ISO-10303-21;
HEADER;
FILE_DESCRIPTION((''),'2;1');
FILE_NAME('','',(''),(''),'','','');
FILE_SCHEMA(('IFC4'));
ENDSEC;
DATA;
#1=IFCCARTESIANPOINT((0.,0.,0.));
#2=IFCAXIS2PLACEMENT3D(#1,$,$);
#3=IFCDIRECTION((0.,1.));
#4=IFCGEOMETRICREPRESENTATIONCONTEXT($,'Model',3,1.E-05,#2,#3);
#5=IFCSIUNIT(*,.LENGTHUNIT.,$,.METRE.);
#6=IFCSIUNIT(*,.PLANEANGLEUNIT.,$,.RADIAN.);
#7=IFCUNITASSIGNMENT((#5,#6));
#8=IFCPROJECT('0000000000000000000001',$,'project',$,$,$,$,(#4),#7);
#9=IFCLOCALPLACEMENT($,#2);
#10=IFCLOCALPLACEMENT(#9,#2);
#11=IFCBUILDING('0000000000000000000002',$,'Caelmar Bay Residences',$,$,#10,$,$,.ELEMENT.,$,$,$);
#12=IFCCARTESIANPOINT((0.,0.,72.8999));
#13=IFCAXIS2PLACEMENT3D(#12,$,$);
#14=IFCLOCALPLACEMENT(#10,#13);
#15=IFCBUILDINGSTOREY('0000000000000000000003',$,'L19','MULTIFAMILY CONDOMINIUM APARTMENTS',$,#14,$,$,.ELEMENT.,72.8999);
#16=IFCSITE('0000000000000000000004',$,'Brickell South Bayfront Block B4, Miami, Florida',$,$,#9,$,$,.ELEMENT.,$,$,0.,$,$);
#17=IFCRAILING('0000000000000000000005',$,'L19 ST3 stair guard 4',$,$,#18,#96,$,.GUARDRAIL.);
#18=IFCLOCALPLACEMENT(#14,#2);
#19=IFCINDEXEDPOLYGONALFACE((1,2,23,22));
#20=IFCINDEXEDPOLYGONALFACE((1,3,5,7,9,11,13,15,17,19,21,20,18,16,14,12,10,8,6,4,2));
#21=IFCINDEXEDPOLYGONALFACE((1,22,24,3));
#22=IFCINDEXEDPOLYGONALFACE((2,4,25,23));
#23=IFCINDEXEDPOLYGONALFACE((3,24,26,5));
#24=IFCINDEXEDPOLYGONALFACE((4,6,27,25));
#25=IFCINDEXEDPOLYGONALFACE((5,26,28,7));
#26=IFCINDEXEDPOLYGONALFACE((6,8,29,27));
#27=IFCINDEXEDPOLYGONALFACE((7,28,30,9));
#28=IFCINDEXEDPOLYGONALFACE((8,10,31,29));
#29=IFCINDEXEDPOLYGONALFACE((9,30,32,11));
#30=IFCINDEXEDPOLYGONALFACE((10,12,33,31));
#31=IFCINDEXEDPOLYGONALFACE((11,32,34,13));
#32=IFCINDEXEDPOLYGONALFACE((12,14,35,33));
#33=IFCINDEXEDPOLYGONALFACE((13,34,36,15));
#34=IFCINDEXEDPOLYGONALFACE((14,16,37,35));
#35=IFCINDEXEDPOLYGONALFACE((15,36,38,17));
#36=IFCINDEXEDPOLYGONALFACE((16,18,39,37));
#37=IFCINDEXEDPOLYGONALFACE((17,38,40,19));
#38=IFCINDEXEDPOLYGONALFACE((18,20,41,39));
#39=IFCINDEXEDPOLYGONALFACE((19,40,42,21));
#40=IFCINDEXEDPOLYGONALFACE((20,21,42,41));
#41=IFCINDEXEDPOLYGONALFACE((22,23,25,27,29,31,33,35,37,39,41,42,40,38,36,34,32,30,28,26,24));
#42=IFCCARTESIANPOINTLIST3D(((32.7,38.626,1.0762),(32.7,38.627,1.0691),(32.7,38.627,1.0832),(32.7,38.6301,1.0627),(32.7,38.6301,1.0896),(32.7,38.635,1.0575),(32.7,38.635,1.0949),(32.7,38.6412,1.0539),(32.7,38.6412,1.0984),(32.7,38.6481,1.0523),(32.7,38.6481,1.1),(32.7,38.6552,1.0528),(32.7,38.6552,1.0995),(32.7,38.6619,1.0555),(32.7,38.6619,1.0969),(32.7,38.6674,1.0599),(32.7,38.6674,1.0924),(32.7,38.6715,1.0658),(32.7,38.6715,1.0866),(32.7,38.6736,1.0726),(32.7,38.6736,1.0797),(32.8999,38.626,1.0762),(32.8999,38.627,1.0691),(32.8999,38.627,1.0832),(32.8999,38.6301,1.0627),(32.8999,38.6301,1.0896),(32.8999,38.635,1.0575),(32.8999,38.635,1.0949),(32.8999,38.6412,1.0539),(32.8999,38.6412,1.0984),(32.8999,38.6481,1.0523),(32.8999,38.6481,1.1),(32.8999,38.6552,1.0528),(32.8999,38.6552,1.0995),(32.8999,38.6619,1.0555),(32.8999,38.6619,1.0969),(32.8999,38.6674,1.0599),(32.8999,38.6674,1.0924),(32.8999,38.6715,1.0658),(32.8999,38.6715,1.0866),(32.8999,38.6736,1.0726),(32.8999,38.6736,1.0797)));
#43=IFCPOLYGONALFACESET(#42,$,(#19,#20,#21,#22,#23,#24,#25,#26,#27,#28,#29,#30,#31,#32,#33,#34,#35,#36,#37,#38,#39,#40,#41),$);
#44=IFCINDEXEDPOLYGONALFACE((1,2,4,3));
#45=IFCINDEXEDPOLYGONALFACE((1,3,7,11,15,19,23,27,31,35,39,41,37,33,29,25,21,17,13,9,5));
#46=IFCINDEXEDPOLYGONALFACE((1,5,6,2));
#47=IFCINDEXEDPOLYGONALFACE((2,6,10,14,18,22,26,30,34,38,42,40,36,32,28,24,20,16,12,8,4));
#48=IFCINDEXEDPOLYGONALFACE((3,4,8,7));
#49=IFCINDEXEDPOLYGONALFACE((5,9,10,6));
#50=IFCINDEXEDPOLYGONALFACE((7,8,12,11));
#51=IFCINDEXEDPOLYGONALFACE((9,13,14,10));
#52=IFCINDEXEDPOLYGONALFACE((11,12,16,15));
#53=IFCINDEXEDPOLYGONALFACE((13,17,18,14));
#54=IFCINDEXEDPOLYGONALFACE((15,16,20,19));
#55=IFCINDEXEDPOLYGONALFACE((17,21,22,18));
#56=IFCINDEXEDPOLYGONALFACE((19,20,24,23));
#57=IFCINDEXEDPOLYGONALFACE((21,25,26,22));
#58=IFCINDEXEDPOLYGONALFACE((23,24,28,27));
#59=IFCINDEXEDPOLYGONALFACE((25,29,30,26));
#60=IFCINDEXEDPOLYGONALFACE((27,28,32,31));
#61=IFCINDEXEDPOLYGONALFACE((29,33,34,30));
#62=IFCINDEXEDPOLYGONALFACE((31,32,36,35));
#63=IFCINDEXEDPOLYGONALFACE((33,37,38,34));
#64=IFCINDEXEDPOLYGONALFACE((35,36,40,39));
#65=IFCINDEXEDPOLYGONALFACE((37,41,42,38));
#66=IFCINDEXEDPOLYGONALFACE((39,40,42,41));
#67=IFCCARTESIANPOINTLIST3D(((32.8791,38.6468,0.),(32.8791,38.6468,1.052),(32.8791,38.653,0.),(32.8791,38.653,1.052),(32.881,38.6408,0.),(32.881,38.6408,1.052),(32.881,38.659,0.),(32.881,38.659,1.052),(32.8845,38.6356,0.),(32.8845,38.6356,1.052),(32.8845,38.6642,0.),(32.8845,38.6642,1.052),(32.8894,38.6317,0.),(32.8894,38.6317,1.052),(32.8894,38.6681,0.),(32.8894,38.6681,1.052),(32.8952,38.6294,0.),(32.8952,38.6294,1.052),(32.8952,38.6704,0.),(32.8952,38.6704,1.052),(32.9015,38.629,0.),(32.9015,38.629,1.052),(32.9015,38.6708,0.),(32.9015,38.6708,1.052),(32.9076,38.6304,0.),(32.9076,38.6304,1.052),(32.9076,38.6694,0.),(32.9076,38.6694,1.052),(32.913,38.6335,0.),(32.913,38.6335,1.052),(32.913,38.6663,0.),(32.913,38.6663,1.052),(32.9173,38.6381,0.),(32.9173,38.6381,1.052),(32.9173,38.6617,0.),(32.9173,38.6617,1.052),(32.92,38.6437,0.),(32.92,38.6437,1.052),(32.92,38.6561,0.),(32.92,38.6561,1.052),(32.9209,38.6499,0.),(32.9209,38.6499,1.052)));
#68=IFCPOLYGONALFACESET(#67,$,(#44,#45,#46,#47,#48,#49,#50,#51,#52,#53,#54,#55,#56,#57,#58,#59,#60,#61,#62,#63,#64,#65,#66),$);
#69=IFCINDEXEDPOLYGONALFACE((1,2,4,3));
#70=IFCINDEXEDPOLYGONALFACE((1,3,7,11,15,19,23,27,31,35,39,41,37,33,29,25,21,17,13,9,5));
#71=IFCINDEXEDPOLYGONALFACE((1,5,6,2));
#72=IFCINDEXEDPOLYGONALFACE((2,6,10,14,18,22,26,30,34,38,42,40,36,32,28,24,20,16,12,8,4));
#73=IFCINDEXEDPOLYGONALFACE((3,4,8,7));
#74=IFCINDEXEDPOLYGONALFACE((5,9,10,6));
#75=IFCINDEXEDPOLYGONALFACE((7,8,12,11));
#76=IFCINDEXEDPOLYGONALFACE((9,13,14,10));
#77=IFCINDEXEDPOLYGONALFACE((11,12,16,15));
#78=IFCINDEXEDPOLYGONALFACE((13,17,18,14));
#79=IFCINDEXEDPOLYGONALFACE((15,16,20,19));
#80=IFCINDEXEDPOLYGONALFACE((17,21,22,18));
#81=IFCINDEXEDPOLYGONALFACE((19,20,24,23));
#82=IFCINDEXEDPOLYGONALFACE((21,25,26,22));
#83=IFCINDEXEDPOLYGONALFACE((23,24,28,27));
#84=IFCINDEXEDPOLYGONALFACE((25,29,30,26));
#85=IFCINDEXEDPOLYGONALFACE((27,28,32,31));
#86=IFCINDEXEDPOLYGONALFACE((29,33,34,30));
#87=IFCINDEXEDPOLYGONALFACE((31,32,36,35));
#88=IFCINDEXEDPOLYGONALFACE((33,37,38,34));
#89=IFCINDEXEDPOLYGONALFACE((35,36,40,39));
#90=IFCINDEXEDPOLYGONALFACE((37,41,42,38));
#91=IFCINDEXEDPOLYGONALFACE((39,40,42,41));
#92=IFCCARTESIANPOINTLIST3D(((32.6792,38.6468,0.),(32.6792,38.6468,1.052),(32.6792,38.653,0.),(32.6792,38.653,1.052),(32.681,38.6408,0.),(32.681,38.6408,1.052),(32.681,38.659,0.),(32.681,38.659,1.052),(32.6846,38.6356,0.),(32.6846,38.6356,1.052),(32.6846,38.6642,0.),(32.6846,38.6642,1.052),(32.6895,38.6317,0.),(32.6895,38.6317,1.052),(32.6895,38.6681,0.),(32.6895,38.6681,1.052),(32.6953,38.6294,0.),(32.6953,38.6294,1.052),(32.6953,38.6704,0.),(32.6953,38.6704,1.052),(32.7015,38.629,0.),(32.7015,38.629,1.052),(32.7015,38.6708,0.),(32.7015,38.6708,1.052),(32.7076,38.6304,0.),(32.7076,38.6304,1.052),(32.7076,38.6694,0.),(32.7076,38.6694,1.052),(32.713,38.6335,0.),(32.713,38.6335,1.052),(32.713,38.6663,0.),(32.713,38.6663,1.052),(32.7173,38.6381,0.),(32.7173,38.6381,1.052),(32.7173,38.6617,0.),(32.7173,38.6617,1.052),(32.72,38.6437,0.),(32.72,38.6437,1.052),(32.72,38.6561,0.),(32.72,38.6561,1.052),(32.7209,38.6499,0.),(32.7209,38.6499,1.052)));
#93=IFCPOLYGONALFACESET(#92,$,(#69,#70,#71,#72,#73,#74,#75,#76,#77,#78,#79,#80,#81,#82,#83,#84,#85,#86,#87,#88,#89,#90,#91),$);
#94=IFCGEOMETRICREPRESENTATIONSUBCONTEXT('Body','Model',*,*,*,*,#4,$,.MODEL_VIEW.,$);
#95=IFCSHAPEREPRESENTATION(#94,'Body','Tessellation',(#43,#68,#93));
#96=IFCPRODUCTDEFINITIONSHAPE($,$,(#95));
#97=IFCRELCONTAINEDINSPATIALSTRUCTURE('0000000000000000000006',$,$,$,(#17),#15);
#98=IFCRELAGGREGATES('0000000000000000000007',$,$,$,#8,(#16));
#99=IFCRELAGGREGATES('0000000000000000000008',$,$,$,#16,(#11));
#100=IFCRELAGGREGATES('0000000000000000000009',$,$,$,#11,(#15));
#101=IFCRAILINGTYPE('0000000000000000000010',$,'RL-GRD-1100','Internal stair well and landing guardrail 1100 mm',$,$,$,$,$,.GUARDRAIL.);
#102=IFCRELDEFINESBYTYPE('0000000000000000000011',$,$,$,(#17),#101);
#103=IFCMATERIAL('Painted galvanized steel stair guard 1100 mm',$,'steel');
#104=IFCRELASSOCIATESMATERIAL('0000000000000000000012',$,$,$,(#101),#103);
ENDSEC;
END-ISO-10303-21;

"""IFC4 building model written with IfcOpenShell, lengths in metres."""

from ifc_helpers import new_model, si_unit, direction, frame, origin, origin_2d, place, context, subcontext, project, spatial, circle, extrude, material, type_object, element, save


model = new_model("IFC4")

# Units and contexts
model_context = context("Model", 3, precision=1e-05, world=origin(), true_north=direction((0.0, 1.0)))
body_context = subcontext(model_context, "Body", "Model", "MODEL_VIEW")
ifc_project = project(units=[si_unit("LENGTHUNIT", "METRE"), si_unit("PLANEANGLEUNIT", "RADIAN")], contexts=[model_context])

# Site, building, storey
site_placement = place(None, origin())
site = spatial("IfcSite", under=ifc_project, at=site_placement, Name="Brickell South Bayfront Block B4, Miami, Florida", CompositionType="ELEMENT", RefElevation=0.0)
building_placement = place(site_placement, origin())
building = spatial("IfcBuilding", under=site, at=building_placement, Name="Caelmar Bay Residences", CompositionType="ELEMENT")
storey_placement = place(building_placement, frame((0.0, 0.0, 72.8999)))
storey = spatial("IfcBuildingStorey", under=building, at=storey_placement, Name="L19", Description="MULTIFAMILY CONDOMINIUM APARTMENTS", CompositionType="ELEMENT", Elevation=72.8999)

# Railing
ifc_material_1 = material(Name="Painted galvanized steel stair guard 1100 mm", Category="steel")
railing_type_1 = type_object("IfcRailingType", Name="RL-GRD-1100", Description="Internal stair well and landing guardrail 1100 mm", PredefinedType="GUARDRAIL", material=ifc_material_1)
railing_1_placement = place(storey_placement, frame((32.8999, 38.6499, 0.0)))
element("IfcRailing", 1, at=railing_1_placement, inside=storey, type_object=railing_type_1, Name="L19 ST3 stair guard 4", PredefinedType="GUARDRAIL", context=body_context, shape_type="SweptSolid", body=[
    extrude(circle(Radius=0.0239, at=origin_2d()), frame((0.0, 0.0, 1.0762), z_axis=(-1.0, 0.0, 0.0), x_axis=(0.0, -1.0, 0.0)), (0.0, 0.0, 1.0), 0.2),
    extrude(circle(Radius=0.021, at=origin_2d()), origin(), (0.0, 0.0, 1.0), 1.052),
    extrude(circle(Radius=0.021, at=origin_2d()), frame((-0.2, 0.0, 0.0)), (0.0, 0.0, 1.0), 1.052),
])

save(model, "model.ifc")
